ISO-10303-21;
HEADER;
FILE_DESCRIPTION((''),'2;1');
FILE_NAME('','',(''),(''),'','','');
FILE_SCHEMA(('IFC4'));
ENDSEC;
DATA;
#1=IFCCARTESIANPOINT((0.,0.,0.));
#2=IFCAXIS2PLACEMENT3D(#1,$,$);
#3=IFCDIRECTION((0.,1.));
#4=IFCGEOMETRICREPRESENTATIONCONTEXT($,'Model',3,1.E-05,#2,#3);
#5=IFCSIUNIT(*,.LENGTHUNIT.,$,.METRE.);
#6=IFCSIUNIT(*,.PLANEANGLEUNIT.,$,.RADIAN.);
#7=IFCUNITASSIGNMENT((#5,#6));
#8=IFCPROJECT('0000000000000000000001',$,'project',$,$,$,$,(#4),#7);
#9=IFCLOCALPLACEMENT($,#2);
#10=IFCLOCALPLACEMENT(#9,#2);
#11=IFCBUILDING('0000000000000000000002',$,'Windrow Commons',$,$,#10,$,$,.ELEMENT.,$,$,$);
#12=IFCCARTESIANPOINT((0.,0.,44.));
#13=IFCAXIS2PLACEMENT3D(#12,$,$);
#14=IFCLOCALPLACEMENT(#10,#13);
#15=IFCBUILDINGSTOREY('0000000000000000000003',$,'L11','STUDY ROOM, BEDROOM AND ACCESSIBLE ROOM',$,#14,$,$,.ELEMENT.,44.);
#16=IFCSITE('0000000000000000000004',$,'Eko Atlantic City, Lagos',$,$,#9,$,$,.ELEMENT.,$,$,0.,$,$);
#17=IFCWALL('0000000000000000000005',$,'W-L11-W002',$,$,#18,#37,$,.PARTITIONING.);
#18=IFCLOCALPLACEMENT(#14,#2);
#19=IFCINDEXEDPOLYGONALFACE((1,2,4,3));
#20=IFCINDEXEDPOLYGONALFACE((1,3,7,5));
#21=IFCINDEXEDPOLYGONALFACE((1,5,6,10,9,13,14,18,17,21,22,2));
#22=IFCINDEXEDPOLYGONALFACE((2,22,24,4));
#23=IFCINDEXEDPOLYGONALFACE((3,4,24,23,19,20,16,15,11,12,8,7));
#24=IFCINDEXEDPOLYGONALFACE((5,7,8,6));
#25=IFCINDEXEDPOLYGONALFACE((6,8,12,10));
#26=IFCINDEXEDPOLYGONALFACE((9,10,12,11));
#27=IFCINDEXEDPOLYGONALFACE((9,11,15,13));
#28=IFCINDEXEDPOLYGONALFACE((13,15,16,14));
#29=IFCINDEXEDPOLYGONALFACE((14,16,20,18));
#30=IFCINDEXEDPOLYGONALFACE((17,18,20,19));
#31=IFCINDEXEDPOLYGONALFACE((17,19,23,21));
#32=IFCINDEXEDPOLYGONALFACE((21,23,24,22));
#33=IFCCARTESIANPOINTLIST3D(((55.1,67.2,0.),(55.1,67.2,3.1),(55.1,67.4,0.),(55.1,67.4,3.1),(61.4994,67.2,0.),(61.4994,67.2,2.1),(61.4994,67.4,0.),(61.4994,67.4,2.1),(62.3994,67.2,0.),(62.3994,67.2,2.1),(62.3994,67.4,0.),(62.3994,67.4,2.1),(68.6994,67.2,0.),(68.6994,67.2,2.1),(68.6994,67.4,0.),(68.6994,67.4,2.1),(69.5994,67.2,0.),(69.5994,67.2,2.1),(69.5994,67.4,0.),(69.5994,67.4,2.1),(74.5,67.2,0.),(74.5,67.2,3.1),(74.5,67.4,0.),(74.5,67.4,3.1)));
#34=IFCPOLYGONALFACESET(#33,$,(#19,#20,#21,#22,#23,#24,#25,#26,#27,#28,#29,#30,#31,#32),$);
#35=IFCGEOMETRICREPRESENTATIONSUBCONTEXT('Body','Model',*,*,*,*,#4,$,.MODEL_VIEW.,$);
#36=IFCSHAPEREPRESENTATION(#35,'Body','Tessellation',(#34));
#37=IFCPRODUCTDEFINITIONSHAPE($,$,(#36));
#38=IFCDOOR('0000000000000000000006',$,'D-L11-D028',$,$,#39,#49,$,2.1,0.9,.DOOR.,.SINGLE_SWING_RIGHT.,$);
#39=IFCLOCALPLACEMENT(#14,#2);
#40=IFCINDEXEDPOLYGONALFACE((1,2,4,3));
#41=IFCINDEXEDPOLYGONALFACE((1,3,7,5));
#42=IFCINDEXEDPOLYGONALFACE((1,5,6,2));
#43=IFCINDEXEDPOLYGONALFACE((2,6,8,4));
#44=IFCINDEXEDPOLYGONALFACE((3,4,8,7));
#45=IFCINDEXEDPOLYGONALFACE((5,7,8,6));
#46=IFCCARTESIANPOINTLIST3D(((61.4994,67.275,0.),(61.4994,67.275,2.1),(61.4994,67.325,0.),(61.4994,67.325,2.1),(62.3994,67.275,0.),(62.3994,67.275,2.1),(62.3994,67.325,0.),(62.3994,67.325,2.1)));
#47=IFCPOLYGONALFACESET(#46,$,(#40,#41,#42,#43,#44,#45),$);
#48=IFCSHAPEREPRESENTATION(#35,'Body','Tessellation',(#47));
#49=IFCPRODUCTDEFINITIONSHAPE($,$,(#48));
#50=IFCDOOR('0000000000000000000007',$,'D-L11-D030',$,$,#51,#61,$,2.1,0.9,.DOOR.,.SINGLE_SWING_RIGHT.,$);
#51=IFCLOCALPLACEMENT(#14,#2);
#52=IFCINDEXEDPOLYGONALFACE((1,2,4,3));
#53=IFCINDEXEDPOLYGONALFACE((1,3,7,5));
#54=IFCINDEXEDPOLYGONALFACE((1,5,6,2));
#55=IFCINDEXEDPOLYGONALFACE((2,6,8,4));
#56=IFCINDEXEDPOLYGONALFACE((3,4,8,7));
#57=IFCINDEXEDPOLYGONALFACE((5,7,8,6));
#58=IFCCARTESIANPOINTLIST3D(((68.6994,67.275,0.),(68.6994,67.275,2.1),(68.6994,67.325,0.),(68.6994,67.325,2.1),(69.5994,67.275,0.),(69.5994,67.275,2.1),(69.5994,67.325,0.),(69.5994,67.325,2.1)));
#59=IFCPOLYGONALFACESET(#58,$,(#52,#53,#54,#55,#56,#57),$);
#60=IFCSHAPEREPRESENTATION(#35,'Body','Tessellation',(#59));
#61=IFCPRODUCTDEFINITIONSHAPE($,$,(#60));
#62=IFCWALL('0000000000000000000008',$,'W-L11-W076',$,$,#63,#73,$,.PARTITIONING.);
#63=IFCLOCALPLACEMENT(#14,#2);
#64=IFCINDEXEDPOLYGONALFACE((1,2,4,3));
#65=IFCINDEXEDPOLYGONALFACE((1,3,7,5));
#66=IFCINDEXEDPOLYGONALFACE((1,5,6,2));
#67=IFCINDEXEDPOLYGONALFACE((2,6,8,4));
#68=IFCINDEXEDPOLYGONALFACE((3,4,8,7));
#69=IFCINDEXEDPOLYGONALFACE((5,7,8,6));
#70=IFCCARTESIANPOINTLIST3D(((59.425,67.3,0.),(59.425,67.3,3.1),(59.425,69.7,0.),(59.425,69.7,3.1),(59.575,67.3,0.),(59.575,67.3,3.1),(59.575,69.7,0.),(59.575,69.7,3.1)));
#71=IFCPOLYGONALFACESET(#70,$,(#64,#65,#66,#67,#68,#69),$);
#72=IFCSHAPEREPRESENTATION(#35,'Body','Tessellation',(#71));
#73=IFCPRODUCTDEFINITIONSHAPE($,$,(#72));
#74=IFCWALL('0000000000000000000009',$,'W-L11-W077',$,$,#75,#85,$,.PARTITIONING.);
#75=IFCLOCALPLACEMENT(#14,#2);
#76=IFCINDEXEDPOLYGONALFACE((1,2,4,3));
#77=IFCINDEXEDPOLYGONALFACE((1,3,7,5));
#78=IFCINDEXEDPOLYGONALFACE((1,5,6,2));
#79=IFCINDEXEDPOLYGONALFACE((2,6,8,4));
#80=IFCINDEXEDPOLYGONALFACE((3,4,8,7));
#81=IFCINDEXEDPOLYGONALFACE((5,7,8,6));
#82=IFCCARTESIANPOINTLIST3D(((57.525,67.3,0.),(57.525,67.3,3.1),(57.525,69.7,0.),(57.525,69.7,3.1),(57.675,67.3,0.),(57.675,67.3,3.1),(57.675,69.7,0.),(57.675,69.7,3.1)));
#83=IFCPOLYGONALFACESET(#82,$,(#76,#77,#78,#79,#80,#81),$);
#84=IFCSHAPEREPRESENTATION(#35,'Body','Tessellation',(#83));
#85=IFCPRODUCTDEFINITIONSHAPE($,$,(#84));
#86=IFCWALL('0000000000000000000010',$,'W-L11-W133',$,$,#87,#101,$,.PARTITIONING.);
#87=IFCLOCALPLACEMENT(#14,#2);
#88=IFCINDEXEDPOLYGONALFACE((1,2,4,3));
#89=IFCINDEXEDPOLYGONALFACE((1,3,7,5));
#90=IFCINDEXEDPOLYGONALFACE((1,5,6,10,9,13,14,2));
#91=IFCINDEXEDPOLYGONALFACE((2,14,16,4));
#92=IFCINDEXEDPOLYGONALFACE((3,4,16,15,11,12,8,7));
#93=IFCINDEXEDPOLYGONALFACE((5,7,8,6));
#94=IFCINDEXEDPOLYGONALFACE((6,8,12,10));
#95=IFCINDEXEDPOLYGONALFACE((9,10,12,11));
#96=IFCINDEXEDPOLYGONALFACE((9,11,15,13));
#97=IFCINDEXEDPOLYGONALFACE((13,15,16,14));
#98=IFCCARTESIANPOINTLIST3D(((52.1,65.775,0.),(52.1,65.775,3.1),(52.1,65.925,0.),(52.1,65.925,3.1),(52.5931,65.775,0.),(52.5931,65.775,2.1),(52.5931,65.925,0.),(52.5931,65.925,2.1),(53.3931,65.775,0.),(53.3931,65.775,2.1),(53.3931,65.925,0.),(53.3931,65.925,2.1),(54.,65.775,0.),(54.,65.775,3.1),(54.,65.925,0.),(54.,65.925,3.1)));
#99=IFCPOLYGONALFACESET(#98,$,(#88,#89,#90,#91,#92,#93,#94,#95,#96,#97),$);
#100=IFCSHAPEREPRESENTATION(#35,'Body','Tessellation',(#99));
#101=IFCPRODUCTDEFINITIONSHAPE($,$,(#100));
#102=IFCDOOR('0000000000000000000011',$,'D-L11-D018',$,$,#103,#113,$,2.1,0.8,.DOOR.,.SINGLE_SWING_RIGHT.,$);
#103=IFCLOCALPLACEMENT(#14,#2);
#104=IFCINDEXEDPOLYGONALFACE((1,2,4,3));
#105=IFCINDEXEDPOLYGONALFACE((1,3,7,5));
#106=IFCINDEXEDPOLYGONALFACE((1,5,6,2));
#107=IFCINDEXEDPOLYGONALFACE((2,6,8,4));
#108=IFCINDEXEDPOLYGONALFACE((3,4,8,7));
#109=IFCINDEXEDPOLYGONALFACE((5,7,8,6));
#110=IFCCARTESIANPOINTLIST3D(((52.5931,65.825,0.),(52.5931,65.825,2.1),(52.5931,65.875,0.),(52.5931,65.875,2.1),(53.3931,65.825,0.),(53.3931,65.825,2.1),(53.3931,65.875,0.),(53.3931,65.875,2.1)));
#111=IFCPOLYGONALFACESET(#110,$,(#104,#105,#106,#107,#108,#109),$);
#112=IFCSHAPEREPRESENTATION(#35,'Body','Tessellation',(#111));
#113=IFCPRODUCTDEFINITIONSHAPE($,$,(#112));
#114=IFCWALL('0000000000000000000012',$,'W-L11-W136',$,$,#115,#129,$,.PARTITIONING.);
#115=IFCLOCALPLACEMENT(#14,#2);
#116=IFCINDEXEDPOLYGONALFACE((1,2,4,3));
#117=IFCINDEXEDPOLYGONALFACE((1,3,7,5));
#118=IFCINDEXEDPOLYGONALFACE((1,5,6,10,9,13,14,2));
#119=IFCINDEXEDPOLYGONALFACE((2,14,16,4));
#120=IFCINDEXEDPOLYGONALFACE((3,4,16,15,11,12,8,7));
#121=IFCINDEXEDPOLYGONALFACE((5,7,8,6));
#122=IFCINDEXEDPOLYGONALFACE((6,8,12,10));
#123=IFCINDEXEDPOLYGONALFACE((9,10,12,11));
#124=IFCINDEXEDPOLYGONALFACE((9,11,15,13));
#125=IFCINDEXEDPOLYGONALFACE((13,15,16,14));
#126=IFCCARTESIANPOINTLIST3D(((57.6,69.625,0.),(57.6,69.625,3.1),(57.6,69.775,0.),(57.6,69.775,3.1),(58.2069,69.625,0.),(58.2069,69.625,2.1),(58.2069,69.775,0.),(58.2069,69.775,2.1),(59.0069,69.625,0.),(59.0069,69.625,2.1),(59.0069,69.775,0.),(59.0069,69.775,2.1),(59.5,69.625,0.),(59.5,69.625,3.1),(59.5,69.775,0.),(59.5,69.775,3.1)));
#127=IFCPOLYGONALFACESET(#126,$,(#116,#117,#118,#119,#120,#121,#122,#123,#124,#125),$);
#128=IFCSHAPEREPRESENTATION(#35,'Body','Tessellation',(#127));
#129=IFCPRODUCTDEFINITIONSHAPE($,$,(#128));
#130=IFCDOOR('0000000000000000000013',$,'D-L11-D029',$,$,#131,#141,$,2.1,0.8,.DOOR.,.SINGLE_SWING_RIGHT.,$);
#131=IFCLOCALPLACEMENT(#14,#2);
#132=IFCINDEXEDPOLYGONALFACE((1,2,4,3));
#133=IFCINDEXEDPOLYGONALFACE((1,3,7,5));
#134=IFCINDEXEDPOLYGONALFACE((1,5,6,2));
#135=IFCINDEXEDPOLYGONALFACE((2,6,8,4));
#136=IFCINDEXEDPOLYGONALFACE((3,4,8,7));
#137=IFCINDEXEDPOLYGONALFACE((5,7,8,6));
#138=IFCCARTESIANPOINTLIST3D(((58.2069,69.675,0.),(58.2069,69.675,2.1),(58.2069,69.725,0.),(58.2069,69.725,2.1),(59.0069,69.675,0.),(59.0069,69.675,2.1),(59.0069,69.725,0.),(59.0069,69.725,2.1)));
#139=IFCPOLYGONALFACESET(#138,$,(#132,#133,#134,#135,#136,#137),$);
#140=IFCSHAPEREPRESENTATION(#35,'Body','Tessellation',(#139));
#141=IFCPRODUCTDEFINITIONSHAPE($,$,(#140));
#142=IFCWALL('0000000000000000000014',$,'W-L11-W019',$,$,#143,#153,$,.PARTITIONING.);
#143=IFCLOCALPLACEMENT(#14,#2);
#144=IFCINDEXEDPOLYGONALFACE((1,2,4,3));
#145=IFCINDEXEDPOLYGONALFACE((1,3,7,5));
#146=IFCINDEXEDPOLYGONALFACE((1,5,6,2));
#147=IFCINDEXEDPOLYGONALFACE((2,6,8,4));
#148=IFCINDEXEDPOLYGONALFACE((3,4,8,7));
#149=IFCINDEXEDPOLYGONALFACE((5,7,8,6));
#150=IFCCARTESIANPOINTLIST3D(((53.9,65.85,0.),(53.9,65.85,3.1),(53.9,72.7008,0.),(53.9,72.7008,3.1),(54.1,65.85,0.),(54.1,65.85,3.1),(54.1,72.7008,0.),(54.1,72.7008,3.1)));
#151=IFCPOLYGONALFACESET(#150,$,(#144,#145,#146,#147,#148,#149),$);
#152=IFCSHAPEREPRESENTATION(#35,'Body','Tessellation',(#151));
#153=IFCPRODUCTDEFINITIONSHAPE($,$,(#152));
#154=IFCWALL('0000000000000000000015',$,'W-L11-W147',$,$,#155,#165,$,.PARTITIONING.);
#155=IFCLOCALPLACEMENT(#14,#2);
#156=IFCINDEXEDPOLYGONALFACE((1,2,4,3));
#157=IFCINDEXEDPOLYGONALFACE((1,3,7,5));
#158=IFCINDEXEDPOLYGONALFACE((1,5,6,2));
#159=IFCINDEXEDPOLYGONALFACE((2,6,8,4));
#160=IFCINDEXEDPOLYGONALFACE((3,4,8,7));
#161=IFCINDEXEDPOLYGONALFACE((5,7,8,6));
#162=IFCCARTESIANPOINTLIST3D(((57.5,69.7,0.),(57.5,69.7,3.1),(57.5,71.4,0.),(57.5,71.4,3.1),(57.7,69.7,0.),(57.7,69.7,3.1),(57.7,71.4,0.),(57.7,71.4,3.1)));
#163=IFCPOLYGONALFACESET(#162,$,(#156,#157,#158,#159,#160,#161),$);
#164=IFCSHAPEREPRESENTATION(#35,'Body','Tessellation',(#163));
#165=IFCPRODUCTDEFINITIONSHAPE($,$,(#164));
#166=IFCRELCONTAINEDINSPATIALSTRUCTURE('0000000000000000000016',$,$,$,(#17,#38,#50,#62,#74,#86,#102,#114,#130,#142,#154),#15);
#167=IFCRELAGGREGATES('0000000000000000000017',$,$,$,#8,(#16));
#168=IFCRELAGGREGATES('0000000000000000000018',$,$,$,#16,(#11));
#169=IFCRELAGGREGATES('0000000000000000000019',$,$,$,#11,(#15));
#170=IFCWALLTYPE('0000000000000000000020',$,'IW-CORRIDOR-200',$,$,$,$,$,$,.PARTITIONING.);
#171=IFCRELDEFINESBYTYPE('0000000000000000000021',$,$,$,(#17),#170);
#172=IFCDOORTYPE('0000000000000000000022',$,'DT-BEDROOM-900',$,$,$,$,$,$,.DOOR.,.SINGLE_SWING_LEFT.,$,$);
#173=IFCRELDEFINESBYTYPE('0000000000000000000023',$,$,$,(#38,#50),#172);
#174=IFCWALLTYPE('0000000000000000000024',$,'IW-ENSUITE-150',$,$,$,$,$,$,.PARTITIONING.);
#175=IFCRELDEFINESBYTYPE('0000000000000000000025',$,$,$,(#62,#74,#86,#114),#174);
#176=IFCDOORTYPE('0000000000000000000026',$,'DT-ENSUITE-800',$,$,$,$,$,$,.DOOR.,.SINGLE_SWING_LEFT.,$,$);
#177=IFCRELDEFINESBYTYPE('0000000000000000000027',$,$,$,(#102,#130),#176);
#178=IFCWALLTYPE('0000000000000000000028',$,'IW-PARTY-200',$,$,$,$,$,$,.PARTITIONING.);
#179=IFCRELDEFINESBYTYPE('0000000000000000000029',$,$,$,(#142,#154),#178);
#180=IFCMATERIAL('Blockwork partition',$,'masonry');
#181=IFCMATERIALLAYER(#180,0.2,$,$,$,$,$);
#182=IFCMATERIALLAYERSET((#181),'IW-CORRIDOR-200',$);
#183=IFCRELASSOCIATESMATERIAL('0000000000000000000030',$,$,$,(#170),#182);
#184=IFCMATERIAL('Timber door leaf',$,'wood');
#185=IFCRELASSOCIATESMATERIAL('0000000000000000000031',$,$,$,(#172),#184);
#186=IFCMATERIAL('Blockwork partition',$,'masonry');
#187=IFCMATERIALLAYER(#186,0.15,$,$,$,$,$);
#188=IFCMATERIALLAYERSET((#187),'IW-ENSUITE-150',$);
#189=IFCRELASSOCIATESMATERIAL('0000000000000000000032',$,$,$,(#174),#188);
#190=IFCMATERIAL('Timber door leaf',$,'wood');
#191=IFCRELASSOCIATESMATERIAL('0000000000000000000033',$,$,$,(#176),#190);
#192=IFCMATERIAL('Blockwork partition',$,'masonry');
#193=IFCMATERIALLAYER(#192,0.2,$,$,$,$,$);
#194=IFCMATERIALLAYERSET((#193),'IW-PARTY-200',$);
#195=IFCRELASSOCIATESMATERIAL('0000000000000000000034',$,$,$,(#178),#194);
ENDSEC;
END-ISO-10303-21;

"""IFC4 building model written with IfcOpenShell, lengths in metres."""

from ifc_helpers import new_model, si_unit, direction, frame, frame_2d, origin, place, context, subcontext, project, spatial, rectangle, extrude, material, layer, layer_set, type_object, element, fill, save


model = new_model("IFC4")

# Units and contexts
model_context = context("Model", 3, precision=1e-05, world=origin(), true_north=direction((0.0, 1.0)))
body_context = subcontext(model_context, "Body", "Model", "MODEL_VIEW")
ifc_project = project(units=[si_unit("LENGTHUNIT", "METRE"), si_unit("PLANEANGLEUNIT", "RADIAN")], contexts=[model_context])

# Site, building, storey
site_placement = place(None, origin())
site = spatial("IfcSite", under=ifc_project, at=site_placement, Name="Eko Atlantic City, Lagos", CompositionType="ELEMENT", RefElevation=0.0)
building_placement = place(site_placement, origin())
building = spatial("IfcBuilding", under=site, at=building_placement, Name="Windrow Commons", CompositionType="ELEMENT")
storey_placement = place(building_placement, frame((0.0, 0.0, 44.0)))
storey = spatial("IfcBuildingStorey", under=building, at=storey_placement, Name="L11", Description="STUDY ROOM, BEDROOM AND ACCESSIBLE ROOM", CompositionType="ELEMENT", Elevation=44.0)

# Wall, openings, doors
ifc_material_1 = material(Name="Blockwork partition", Category="masonry")
ifc_layer_1 = layer(ifc_material_1, 0.2)
ifc_layer_set_1 = layer_set([ifc_layer_1], Name="IW-CORRIDOR-200")
wall_type_1 = type_object("IfcWallType", Name="IW-CORRIDOR-200", PredefinedType="PARTITIONING", material=ifc_layer_set_1)
wall_1_placement = place(storey_placement, frame((55.1, 67.3, 0.0), z_axis=(0.0, 0.0, 1.0), x_axis=(1.0, 0.0, 0.0)))
wall_1 = element("IfcWall", 1, at=wall_1_placement, inside=storey, type_object=wall_type_1, Name="W-L11-W002", PredefinedType="PARTITIONING", context=body_context, shape_type="SweptSolid", body=[
    extrude(rectangle(XDim=19.4, YDim=0.2, at=frame_2d((9.7, 0.0))), origin(), (0.0, 0.0, 1.0), 3.1),
])
opening_1_placement = place(wall_1_placement, frame((6.3994, 0.0, 0.0)))
opening_1 = element("IfcOpeningElement", 2, at=opening_1_placement, cuts=wall_1, PredefinedType="OPENING", context=body_context, shape_type="SweptSolid", body=[
    extrude(rectangle(XDim=0.9, YDim=2.1, at=frame_2d((0.45, 1.05))), frame((0.0, 0.11, 0.0), z_axis=(0.0, -1.0, 0.0), x_axis=(1.0, 0.0, 0.0)), (0.0, 0.0, 1.0), 0.22),
])
opening_2_placement = place(wall_1_placement, frame((13.5994, 0.0, 0.0)))
opening_2 = element("IfcOpeningElement", 3, at=opening_2_placement, cuts=wall_1, PredefinedType="OPENING", context=body_context, shape_type="SweptSolid", body=[
    extrude(rectangle(XDim=0.9, YDim=2.1, at=frame_2d((0.45, 1.05))), frame((0.0, 0.11, 0.0), z_axis=(0.0, -1.0, 0.0), x_axis=(1.0, 0.0, 0.0)), (0.0, 0.0, 1.0), 0.22),
])
ifc_material_2 = material(Name="Timber door leaf", Category="wood")
door_type_1 = type_object("IfcDoorType", Name="DT-BEDROOM-900", OperationType="SINGLE_SWING_LEFT", PredefinedType="DOOR", material=ifc_material_2)
door_1_placement = place(opening_1_placement, origin())
door_1 = element("IfcDoor", 4, at=door_1_placement, inside=storey, type_object=door_type_1, Name="D-L11-D028", OperationType="SINGLE_SWING_RIGHT", OverallHeight=2.1, OverallWidth=0.9, PredefinedType="DOOR", context=body_context, shape_type="SweptSolid", body=[
    extrude(rectangle(XDim=0.9, YDim=2.1, at=frame_2d((0.45, 1.05))), frame((0.0, 0.025, 0.0), z_axis=(0.0, -1.0, 0.0), x_axis=(1.0, 0.0, 0.0)), (0.0, 0.0, 1.0), 0.05),
])
fill(opening_1, door_1)
door_2_placement = place(opening_2_placement, origin())
door_2 = element("IfcDoor", 5, at=door_2_placement, inside=storey, type_object=door_type_1, Name="D-L11-D030", OperationType="SINGLE_SWING_RIGHT", OverallHeight=2.1, OverallWidth=0.9, PredefinedType="DOOR", context=body_context, shape_type="SweptSolid", body=[
    extrude(rectangle(XDim=0.9, YDim=2.1, at=frame_2d((0.45, 1.05))), frame((0.0, 0.025, 0.0), z_axis=(0.0, -1.0, 0.0), x_axis=(1.0, 0.0, 0.0)), (0.0, 0.0, 1.0), 0.05),
])
fill(opening_2, door_2)

# Walls
ifc_material_3 = material(Name="Blockwork partition", Category="masonry")
ifc_layer_2 = layer(ifc_material_3, 0.15)
ifc_layer_set_2 = layer_set([ifc_layer_2], Name="IW-ENSUITE-150")
wall_type_2 = type_object("IfcWallType", Name="IW-ENSUITE-150", PredefinedType="PARTITIONING", material=ifc_layer_set_2)
for number, where, z_axis, x_axis, name in (
    (6, (59.5, 67.3, 0.0), (0.0, 0.0, 1.0), (0.0, 1.0, 0.0), "W-L11-W076"),
    (7, (57.6, 67.3, 0.0), (0.0, 0.0, 1.0), (0.0, 1.0, 0.0), "W-L11-W077"),
):
    element("IfcWall", number, at=place(storey_placement, frame(where, z_axis=z_axis, x_axis=x_axis)), inside=storey, type_object=wall_type_2, Name=name, PredefinedType="PARTITIONING", context=body_context, shape_type="SweptSolid", body=[
        extrude(rectangle(XDim=2.4, YDim=0.15, at=frame_2d((1.2, 0.0))), origin(), (0.0, 0.0, 1.0), 3.1),
    ])

# Walls, openings, doors
wall_2_placement = place(storey_placement, frame((52.1, 65.85, 0.0), z_axis=(0.0, 0.0, 1.0), x_axis=(1.0, 0.0, 0.0)))
wall_2 = element("IfcWall", 8, at=wall_2_placement, inside=storey, type_object=wall_type_2, Name="W-L11-W133", PredefinedType="PARTITIONING", context=body_context, shape_type="SweptSolid", body=[
    extrude(rectangle(XDim=1.9, YDim=0.15, at=frame_2d((0.95, 0.0))), origin(), (0.0, 0.0, 1.0), 3.1),
])
opening_3_placement = place(wall_2_placement, frame((0.4931, 0.0, 0.0)))
opening_3 = element("IfcOpeningElement", 9, at=opening_3_placement, cuts=wall_2, PredefinedType="OPENING", context=body_context, shape_type="SweptSolid", body=[
    extrude(rectangle(XDim=0.8, YDim=2.1, at=frame_2d((0.4, 1.05))), frame((0.0, 0.085, 0.0), z_axis=(0.0, -1.0, 0.0), x_axis=(1.0, 0.0, 0.0)), (0.0, 0.0, 1.0), 0.17),
])
ifc_material_4 = material(Name="Timber door leaf", Category="wood")
door_type_2 = type_object("IfcDoorType", Name="DT-ENSUITE-800", OperationType="SINGLE_SWING_LEFT", PredefinedType="DOOR", material=ifc_material_4)
door_3_placement = place(opening_3_placement, origin())
door_3 = element("IfcDoor", 10, at=door_3_placement, inside=storey, type_object=door_type_2, Name="D-L11-D018", OperationType="SINGLE_SWING_RIGHT", OverallHeight=2.1, OverallWidth=0.8, PredefinedType="DOOR", context=body_context, shape_type="SweptSolid", body=[
    extrude(rectangle(XDim=0.8, YDim=2.1, at=frame_2d((0.4, 1.05))), frame((0.0, 0.025, 0.0), z_axis=(0.0, -1.0, 0.0), x_axis=(1.0, 0.0, 0.0)), (0.0, 0.0, 1.0), 0.05),
])
fill(opening_3, door_3)
wall_3_placement = place(storey_placement, frame((57.6, 69.7, 0.0), z_axis=(0.0, 0.0, 1.0), x_axis=(1.0, 0.0, 0.0)))
wall_3 = element("IfcWall", 11, at=wall_3_placement, inside=storey, type_object=wall_type_2, Name="W-L11-W136", PredefinedType="PARTITIONING", context=body_context, shape_type="SweptSolid", body=[
    extrude(rectangle(XDim=1.9, YDim=0.15, at=frame_2d((0.95, 0.0))), origin(), (0.0, 0.0, 1.0), 3.1),
])
opening_4_placement = place(wall_3_placement, frame((0.6069, 0.0, 0.0)))
opening_4 = element("IfcOpeningElement", 12, at=opening_4_placement, cuts=wall_3, PredefinedType="OPENING", context=body_context, shape_type="SweptSolid", body=[
    extrude(rectangle(XDim=0.8, YDim=2.1, at=frame_2d((0.4, 1.05))), frame((0.0, 0.085, 0.0), z_axis=(0.0, -1.0, 0.0), x_axis=(1.0, 0.0, 0.0)), (0.0, 0.0, 1.0), 0.17),
])
door_4_placement = place(opening_4_placement, origin())
door_4 = element("IfcDoor", 13, at=door_4_placement, inside=storey, type_object=door_type_2, Name="D-L11-D029", OperationType="SINGLE_SWING_RIGHT", OverallHeight=2.1, OverallWidth=0.8, PredefinedType="DOOR", context=body_context, shape_type="SweptSolid", body=[
    extrude(rectangle(XDim=0.8, YDim=2.1, at=frame_2d((0.4, 1.05))), frame((0.0, 0.025, 0.0), z_axis=(0.0, -1.0, 0.0), x_axis=(1.0, 0.0, 0.0)), (0.0, 0.0, 1.0), 0.05),
])
fill(opening_4, door_4)

# Walls
ifc_material_5 = material(Name="Blockwork partition", Category="masonry")
ifc_layer_3 = layer(ifc_material_5, 0.2)
ifc_layer_set_3 = layer_set([ifc_layer_3], Name="IW-PARTY-200")
wall_type_3 = type_object("IfcWallType", Name="IW-PARTY-200", PredefinedType="PARTITIONING", material=ifc_layer_set_3)
wall_4_placement = place(storey_placement, frame((54.0, 65.85, 0.0), z_axis=(0.0, 0.0, 1.0), x_axis=(0.0, 1.0, 0.0)))
element("IfcWall", 14, at=wall_4_placement, inside=storey, type_object=wall_type_3, Name="W-L11-W019", PredefinedType="PARTITIONING", context=body_context, shape_type="SweptSolid", body=[
    extrude(rectangle(XDim=6.8508, YDim=0.2, at=frame_2d((3.4254, 0.0))), origin(), (0.0, 0.0, 1.0), 3.1),
])
wall_5_placement = place(storey_placement, frame((57.6, 69.7, 0.0), z_axis=(0.0, 0.0, 1.0), x_axis=(0.0, 1.0, 0.0)))
element("IfcWall", 15, at=wall_5_placement, inside=storey, type_object=wall_type_3, Name="W-L11-W147", PredefinedType="PARTITIONING", context=body_context, shape_type="SweptSolid", body=[
    extrude(rectangle(XDim=1.7, YDim=0.2, at=frame_2d((0.85, 0.0))), origin(), (0.0, 0.0, 1.0), 3.1),
])

save(model, "model.ifc")
